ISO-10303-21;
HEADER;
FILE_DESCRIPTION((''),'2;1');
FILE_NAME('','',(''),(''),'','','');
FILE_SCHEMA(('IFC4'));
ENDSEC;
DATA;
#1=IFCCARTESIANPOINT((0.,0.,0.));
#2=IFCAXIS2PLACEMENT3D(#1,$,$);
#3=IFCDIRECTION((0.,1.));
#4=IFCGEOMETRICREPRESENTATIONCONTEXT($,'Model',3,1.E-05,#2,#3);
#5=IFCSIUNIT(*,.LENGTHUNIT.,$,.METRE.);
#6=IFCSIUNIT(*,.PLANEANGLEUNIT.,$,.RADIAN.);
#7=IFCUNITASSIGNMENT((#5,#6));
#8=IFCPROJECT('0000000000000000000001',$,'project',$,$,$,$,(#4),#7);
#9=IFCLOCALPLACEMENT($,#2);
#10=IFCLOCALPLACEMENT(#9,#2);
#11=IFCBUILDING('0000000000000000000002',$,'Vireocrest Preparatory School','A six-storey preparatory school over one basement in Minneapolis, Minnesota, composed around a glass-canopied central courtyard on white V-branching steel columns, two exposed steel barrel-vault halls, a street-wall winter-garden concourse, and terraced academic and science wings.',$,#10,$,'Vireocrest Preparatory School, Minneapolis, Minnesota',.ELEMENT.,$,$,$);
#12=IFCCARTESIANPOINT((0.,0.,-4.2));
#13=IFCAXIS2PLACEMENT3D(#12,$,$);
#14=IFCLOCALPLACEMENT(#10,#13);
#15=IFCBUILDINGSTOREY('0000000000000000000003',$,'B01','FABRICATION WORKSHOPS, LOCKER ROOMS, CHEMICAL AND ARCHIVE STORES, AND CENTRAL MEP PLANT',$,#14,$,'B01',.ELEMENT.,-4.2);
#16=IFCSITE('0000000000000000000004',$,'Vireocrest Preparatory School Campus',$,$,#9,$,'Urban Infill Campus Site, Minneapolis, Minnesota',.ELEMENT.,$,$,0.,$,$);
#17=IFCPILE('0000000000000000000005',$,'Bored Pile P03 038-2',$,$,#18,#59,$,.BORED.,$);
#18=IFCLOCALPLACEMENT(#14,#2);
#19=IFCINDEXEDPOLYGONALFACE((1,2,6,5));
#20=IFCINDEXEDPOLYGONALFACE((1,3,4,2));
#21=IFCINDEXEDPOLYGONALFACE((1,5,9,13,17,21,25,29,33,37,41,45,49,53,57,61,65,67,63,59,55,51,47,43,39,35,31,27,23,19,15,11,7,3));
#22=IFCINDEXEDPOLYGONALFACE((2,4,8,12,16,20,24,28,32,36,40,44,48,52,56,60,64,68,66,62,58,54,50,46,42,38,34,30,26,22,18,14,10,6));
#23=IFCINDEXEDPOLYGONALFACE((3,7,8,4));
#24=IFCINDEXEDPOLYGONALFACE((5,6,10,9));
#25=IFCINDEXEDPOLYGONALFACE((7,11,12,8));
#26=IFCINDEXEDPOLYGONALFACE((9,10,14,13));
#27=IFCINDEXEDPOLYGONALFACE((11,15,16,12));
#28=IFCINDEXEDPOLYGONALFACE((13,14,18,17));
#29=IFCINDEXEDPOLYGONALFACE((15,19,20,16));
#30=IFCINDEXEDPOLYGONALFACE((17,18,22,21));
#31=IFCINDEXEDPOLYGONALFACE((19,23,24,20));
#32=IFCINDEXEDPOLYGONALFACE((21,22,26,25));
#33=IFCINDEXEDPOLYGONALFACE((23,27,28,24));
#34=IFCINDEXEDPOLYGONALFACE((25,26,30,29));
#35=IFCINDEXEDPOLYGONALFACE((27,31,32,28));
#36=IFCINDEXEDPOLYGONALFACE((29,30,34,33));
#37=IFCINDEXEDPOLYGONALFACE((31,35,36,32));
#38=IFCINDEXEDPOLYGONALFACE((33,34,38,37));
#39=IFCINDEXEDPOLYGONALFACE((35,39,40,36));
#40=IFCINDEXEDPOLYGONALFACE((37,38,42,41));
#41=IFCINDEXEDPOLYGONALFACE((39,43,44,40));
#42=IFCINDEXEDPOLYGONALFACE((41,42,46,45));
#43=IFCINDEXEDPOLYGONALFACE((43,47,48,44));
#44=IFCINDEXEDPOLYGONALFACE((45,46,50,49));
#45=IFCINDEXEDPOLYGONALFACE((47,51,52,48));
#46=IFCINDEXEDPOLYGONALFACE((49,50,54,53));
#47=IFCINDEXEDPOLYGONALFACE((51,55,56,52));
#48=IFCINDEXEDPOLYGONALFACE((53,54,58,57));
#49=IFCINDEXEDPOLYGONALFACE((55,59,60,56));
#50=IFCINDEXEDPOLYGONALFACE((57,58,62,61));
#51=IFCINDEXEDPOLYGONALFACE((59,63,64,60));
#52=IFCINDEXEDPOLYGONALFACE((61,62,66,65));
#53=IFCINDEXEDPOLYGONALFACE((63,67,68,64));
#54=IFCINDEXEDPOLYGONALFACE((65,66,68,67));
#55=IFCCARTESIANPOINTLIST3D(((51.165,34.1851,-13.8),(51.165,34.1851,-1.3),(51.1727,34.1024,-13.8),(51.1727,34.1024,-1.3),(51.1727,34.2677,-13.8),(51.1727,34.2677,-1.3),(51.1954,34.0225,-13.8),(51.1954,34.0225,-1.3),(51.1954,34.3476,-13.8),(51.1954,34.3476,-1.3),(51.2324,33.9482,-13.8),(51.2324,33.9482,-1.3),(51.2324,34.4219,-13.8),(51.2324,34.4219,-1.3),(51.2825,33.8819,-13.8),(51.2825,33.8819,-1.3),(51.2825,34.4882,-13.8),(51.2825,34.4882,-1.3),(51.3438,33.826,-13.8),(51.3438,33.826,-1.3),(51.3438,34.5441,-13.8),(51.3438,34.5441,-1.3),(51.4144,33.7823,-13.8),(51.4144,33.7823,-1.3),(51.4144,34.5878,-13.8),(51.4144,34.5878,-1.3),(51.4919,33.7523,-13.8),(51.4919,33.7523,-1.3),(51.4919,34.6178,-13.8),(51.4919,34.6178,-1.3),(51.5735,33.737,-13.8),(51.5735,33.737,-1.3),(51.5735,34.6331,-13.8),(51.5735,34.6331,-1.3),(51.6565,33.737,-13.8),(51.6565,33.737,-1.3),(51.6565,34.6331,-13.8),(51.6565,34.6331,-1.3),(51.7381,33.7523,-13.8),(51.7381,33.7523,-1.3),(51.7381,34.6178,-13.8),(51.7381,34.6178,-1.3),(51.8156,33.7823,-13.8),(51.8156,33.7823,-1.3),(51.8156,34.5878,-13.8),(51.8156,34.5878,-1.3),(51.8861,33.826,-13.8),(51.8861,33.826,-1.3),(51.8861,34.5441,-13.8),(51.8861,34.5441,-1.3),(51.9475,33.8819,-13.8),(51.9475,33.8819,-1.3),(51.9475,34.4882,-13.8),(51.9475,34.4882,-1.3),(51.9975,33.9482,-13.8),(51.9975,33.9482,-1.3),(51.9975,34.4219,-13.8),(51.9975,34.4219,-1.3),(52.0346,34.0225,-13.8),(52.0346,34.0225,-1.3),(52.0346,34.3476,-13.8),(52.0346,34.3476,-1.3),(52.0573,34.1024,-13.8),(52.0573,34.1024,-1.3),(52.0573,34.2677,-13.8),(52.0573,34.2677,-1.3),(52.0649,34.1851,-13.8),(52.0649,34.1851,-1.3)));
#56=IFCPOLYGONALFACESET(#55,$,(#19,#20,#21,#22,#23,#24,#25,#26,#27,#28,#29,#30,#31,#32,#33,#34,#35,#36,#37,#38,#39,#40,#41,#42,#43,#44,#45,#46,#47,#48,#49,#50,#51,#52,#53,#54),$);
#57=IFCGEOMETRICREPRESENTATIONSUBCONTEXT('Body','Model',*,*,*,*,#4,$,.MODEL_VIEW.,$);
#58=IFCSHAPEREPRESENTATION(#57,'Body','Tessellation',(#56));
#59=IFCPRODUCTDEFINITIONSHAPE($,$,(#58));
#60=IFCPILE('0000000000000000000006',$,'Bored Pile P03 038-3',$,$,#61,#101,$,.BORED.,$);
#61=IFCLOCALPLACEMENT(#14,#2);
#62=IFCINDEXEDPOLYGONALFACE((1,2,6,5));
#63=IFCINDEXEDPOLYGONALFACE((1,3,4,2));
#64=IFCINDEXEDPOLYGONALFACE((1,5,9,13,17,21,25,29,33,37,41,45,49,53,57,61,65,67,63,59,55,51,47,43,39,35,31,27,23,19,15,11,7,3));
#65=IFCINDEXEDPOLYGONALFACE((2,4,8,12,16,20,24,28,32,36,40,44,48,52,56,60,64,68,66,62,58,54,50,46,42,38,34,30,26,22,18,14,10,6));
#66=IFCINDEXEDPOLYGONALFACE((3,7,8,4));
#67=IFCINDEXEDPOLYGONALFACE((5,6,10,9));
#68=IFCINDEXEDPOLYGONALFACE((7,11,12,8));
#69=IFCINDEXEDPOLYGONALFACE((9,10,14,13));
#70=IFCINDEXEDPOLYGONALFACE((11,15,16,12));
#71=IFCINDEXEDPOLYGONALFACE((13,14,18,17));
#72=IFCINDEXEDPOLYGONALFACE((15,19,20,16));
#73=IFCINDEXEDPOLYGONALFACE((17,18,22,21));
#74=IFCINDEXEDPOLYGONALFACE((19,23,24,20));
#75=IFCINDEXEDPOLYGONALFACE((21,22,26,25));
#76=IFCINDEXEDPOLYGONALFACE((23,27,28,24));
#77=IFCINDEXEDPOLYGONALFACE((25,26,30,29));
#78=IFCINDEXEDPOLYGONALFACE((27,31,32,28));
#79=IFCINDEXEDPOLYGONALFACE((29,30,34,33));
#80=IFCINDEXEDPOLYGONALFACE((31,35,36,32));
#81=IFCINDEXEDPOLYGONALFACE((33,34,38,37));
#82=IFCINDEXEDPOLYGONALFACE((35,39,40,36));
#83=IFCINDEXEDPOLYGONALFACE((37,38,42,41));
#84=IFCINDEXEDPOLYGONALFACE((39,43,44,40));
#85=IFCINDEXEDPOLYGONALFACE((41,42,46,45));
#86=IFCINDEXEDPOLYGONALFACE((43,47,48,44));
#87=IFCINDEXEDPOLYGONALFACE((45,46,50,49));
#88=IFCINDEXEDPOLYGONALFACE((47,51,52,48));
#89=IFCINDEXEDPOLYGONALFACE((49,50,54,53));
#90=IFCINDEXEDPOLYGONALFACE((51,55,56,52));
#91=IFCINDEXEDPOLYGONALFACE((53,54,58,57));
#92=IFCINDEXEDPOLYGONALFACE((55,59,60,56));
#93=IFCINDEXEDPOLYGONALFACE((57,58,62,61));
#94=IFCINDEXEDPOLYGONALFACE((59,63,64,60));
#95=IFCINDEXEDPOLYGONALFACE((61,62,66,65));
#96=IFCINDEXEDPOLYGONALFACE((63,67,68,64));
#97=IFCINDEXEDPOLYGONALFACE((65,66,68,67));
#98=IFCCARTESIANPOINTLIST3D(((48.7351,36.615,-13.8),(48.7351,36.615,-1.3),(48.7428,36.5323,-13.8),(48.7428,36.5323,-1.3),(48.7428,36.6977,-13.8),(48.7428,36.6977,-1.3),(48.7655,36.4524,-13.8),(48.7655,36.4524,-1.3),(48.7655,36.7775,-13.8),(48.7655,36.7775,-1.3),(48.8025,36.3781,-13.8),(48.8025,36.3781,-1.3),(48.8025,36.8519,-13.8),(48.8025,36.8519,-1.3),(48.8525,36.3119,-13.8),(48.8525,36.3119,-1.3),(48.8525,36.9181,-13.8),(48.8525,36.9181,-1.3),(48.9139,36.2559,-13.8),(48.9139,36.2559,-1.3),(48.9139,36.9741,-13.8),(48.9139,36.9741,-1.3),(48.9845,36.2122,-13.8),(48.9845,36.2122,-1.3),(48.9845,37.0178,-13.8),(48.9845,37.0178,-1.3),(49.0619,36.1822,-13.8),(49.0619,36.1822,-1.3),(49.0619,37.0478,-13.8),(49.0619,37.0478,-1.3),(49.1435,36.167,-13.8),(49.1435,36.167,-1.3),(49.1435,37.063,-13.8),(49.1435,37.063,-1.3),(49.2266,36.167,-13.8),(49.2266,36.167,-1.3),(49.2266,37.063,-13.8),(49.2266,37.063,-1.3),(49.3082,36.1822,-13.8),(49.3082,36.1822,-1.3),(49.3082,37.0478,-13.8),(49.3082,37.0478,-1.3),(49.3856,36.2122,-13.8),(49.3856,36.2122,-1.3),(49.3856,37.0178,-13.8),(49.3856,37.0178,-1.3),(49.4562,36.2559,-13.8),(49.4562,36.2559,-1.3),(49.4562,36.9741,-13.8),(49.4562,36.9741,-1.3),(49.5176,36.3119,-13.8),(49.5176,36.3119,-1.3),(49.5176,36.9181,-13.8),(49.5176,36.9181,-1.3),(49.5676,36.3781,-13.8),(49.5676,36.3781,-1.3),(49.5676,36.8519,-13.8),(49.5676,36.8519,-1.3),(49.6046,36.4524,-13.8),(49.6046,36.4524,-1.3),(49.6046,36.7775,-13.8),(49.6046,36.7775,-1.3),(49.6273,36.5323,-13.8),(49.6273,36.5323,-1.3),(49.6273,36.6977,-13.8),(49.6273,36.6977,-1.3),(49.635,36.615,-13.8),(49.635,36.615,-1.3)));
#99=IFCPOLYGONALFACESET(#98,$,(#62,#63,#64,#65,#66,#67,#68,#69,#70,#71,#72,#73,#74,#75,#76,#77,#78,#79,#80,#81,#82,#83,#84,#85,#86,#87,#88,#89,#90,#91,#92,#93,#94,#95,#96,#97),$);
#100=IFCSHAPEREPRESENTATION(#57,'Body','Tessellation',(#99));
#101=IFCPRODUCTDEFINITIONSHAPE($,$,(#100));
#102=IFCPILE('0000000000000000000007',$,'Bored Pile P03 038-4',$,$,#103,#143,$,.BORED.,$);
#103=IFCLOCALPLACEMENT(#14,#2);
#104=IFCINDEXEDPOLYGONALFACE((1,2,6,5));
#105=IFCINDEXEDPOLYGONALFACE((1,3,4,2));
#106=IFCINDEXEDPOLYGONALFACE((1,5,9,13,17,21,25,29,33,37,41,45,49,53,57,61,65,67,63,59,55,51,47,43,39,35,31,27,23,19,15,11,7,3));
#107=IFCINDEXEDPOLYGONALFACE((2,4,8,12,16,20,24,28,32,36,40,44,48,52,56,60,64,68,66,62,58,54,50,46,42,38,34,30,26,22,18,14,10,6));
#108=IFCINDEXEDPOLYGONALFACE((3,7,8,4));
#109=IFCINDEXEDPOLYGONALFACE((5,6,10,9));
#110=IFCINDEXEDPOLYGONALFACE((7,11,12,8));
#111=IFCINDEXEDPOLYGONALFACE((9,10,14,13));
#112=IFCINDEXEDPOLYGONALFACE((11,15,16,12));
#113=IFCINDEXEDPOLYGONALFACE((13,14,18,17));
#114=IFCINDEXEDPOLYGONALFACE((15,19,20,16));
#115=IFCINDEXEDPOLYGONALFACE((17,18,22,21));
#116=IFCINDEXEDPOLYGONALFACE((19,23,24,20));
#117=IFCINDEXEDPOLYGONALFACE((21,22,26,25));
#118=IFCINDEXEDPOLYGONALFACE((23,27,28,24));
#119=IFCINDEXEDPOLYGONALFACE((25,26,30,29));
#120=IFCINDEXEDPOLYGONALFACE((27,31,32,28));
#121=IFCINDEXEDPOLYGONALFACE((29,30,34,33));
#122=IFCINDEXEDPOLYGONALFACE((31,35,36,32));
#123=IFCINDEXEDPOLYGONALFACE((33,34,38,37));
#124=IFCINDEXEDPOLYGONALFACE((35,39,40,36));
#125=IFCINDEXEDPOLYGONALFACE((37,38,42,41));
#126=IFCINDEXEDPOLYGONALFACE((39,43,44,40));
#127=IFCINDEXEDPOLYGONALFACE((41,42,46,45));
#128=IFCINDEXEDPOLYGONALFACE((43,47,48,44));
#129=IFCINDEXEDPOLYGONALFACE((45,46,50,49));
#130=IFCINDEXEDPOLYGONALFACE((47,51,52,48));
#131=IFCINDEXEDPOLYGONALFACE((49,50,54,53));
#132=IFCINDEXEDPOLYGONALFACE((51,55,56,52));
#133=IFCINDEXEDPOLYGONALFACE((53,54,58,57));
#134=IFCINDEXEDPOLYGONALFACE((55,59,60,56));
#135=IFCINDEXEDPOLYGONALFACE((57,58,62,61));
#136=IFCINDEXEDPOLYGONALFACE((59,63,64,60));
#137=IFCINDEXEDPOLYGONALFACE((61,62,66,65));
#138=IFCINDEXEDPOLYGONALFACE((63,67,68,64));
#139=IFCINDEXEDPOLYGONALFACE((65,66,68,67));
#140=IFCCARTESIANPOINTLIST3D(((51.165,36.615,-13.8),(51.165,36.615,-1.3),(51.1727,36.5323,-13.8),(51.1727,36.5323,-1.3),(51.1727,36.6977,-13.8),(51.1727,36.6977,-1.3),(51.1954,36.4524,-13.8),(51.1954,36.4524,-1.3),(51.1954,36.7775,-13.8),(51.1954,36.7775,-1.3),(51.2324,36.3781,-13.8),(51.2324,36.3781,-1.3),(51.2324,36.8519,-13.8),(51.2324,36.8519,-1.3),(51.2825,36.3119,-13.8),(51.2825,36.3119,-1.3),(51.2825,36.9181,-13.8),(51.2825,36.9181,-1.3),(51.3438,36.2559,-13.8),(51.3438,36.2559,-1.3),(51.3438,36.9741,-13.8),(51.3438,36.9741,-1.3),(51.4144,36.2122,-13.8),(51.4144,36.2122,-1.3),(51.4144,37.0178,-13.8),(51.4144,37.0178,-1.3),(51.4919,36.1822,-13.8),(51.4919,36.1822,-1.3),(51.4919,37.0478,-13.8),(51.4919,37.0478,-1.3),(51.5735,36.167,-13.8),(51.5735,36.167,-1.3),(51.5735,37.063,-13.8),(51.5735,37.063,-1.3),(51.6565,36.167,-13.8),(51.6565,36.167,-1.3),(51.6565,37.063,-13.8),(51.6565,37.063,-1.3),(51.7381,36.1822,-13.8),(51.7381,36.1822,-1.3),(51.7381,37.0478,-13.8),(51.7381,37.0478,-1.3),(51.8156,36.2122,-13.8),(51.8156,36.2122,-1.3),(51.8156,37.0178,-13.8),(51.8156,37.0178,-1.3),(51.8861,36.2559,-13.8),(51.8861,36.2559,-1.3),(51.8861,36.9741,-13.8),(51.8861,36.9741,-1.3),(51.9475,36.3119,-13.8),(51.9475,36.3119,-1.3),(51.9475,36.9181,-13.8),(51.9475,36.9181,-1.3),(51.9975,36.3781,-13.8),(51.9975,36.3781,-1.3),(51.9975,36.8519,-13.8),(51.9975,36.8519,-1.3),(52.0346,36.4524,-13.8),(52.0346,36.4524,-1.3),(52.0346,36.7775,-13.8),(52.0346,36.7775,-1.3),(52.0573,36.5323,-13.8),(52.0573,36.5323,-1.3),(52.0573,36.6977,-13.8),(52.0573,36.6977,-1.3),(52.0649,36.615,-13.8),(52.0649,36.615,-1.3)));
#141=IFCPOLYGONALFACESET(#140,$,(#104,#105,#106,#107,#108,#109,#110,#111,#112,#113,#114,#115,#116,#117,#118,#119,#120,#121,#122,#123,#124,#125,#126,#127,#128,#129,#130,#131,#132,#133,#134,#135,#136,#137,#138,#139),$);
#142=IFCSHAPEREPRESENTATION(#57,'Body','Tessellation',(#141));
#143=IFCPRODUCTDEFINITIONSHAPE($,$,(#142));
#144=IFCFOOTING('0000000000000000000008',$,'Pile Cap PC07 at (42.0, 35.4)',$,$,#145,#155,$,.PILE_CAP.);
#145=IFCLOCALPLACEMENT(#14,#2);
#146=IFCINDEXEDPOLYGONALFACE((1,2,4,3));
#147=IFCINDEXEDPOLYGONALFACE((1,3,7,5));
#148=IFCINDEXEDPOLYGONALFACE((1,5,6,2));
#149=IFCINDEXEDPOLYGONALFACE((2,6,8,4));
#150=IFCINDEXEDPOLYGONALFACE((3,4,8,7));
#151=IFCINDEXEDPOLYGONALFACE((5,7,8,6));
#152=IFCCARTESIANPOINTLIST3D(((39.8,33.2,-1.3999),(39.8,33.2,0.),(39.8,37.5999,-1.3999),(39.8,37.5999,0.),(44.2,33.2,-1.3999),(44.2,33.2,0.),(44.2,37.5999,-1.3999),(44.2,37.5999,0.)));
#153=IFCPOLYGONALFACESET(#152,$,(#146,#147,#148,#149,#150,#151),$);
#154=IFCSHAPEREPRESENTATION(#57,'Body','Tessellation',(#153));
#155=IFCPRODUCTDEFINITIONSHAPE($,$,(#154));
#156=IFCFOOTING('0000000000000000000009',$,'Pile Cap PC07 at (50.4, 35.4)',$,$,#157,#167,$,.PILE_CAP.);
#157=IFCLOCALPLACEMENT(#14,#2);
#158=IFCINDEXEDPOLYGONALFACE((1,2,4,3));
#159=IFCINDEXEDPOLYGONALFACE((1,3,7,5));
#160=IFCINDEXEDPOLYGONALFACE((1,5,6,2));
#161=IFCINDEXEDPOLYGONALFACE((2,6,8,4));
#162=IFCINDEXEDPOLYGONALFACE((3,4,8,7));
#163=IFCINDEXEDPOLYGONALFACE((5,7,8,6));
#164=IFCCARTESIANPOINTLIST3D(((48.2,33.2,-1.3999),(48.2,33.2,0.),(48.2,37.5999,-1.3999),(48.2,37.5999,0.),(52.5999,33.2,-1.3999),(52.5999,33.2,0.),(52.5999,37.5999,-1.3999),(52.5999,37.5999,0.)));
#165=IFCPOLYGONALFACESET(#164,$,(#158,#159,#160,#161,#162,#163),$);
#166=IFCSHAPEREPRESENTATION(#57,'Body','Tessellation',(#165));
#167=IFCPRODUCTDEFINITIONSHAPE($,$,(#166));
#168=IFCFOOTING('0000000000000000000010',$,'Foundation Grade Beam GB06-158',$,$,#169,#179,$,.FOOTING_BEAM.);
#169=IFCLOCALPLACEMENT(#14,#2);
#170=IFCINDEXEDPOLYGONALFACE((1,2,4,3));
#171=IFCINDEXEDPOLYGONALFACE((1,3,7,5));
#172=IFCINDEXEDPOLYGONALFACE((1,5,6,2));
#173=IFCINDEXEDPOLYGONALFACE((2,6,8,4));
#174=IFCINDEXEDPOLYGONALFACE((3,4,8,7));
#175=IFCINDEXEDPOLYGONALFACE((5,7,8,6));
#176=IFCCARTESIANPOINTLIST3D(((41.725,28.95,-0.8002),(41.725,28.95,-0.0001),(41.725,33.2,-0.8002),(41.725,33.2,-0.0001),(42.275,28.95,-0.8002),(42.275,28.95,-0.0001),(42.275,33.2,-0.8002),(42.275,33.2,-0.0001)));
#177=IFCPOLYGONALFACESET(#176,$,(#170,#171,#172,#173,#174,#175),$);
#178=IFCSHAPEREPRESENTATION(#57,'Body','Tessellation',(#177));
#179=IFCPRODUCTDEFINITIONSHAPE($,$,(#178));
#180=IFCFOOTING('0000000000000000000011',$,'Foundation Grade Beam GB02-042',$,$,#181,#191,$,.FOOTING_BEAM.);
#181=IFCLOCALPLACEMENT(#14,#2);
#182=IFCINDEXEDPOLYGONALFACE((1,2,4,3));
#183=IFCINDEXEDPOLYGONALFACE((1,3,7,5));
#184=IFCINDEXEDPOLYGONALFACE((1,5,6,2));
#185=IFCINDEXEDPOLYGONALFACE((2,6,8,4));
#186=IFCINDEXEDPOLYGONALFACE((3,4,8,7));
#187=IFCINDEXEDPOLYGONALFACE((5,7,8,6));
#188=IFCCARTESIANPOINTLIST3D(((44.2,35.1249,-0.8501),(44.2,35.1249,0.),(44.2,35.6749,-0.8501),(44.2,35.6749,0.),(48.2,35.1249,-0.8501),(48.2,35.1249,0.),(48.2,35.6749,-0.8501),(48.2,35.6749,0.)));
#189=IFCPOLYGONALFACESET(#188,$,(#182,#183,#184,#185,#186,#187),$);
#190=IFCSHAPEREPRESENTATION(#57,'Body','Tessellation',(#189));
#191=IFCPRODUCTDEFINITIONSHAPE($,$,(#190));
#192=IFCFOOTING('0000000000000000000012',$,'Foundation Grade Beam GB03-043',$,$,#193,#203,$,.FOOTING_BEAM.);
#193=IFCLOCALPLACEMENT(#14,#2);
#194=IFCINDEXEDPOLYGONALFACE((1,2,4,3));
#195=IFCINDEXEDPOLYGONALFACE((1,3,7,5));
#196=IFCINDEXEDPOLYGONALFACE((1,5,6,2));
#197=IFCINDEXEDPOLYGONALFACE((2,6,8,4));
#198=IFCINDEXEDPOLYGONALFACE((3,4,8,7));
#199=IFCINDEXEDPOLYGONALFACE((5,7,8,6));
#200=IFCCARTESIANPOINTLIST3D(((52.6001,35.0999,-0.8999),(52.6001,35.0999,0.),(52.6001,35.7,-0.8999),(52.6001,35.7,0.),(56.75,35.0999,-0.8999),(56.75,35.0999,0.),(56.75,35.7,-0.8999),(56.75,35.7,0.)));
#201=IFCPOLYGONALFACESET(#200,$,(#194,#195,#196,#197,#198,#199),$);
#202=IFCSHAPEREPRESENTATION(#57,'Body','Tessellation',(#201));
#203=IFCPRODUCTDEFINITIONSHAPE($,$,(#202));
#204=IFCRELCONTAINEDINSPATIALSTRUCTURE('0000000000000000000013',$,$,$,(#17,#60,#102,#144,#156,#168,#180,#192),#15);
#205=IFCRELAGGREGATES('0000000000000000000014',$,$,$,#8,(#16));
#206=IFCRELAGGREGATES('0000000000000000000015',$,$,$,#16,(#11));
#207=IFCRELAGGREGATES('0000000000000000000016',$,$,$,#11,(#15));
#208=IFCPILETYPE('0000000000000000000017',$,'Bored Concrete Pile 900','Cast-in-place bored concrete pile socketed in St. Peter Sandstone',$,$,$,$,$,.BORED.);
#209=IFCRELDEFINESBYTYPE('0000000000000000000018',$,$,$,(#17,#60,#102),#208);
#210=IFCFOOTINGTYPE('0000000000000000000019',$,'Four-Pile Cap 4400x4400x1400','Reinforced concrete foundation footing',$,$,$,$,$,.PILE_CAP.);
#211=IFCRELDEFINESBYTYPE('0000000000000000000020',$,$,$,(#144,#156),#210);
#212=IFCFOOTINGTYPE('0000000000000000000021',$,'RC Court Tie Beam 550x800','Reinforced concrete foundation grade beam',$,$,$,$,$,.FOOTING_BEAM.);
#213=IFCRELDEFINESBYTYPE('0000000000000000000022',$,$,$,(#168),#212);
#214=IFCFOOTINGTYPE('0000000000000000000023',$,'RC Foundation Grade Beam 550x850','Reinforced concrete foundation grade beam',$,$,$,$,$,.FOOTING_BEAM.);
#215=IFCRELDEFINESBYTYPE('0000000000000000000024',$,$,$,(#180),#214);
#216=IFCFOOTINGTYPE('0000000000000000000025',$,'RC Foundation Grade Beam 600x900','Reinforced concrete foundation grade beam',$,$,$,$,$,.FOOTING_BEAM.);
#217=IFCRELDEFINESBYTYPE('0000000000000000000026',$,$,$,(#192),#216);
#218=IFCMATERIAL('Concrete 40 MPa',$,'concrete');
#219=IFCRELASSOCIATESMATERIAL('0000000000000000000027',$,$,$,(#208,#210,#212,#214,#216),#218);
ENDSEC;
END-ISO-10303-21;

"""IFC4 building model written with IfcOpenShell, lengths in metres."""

from ifc_helpers import new_model, si_unit, direction, frame, origin, origin_2d, place, context, subcontext, project, spatial, rectangle, circle, extrude, material, material_profile, profile_set, type_object, element, save


model = new_model("IFC4")

# Units and contexts
model_context = context("Model", 3, precision=1e-05, world=origin(), true_north=direction((0.0, 1.0)))
body_context = subcontext(model_context, "Body", "Model", "MODEL_VIEW")
ifc_project = project(units=[si_unit("LENGTHUNIT", "METRE"), si_unit("PLANEANGLEUNIT", "RADIAN")], contexts=[model_context])

# Site, building, storey
site_placement = place(None, origin())
site = spatial("IfcSite", under=ifc_project, at=site_placement, Name="Vireocrest Preparatory School Campus", LongName="Urban Infill Campus Site, Minneapolis, Minnesota", CompositionType="ELEMENT", RefElevation=0.0)
building_placement = place(site_placement, origin())
building = spatial("IfcBuilding", under=site, at=building_placement, Name="Vireocrest Preparatory School", Description="A six-storey preparatory school over one basement in Minneapolis, Minnesota, composed around a glass-canopied central courtyard on white V-branching steel columns, two exposed steel barrel-vault halls, a street-wall winter-garden concourse, and terraced academic and science wings.", LongName="Vireocrest Preparatory School, Minneapolis, Minnesota", CompositionType="ELEMENT")
storey_placement = place(building_placement, frame((0.0, 0.0, -4.2)))
storey = spatial("IfcBuildingStorey", under=building, at=storey_placement, Name="B01", Description="FABRICATION WORKSHOPS, LOCKER ROOMS, CHEMICAL AND ARCHIVE STORES, AND CENTRAL MEP PLANT", LongName="B01", CompositionType="ELEMENT", Elevation=-4.2)

# Piles
ifc_material_1 = material(Name="Concrete 40 MPa", Category="concrete")
ifc_material_profile_1 = material_profile(ifc_material_1, circle(Radius=0.45, at=origin_2d()), Name="BORED PILE 900")
ifc_profile_set_1 = profile_set([ifc_material_profile_1], Name="Concrete 40 MPa")
pile_type = type_object("IfcPileType", Name="Bored Concrete Pile 900", Description="Cast-in-place bored concrete pile socketed in St. Peter Sandstone", PredefinedType="BORED", material=ifc_profile_set_1)
for number, where, z_axis, x_axis, name in (
    (1, (51.615, 34.1851, -1.3), (0.0, 0.0, -1.0), (1.0, 0.0, 0.0), "Bored Pile P03 038-2"),
    (2, (49.1851, 36.615, -1.3), (0.0, 0.0, -1.0), (1.0, 0.0, 0.0), "Bored Pile P03 038-3"),
    (3, (51.615, 36.615, -1.3), (0.0, 0.0, -1.0), (1.0, 0.0, 0.0), "Bored Pile P03 038-4"),
):
    element("IfcPile", number, at=place(storey_placement, frame(where, z_axis=z_axis, x_axis=x_axis)), inside=storey, type_object=pile_type, Name=name, PredefinedType="BORED", context=body_context, shape_type="SweptSolid", body=[
        extrude(circle(Radius=0.45, at=origin_2d()), origin(), (0.0, 0.0, 1.0), 12.5),
    ])

# Footings
footing_type_1 = type_object("IfcFootingType", Name="Four-Pile Cap 4400x4400x1400", Description="Reinforced concrete foundation footing", PredefinedType="PILE_CAP", material=ifc_material_1)
for number, where, z_axis, x_axis, name in (
    (4, (42.0, 35.3999, -1.3999), (0.0, 0.0, 1.0), (1.0, 0.0, 0.0), "Pile Cap PC07 at (42.0, 35.4)"),
    (5, (50.3999, 35.3999, -1.3999), (0.0, 0.0, 1.0), (1.0, 0.0, 0.0), "Pile Cap PC07 at (50.4, 35.4)"),
):
    element("IfcFooting", number, at=place(storey_placement, frame(where, z_axis=z_axis, x_axis=x_axis)), inside=storey, type_object=footing_type_1, Name=name, PredefinedType="PILE_CAP", context=body_context, shape_type="SweptSolid", body=[
        extrude(rectangle(XDim=4.3999, YDim=4.3999, at=origin_2d()), origin(), (0.0, 0.0, 1.0), 1.3999),
    ])
ifc_material_profile_2 = material_profile(ifc_material_1, rectangle(XDim=0.55, YDim=0.8, at=origin_2d()), Name="GB 550x800")
ifc_profile_set_2 = profile_set([ifc_material_profile_2], Name="Concrete 40 MPa")
footing_type_2 = type_object("IfcFootingType", Name="RC Court Tie Beam 550x800", Description="Reinforced concrete foundation grade beam", PredefinedType="FOOTING_BEAM", material=ifc_profile_set_2)
footing_1_placement = place(storey_placement, frame((42.0, 28.95, -0.4001), z_axis=(0.0, 1.0, 0.0), x_axis=(-1.0, 0.0, 0.0)))
element("IfcFooting", 6, at=footing_1_placement, inside=storey, type_object=footing_type_2, Name="Foundation Grade Beam GB06-158", PredefinedType="FOOTING_BEAM", context=body_context, shape_type="SweptSolid", body=[
    extrude(rectangle(XDim=0.55, YDim=0.8, at=origin_2d()), origin(), (0.0, 0.0, 1.0), 4.25),
])
ifc_material_profile_3 = material_profile(ifc_material_1, rectangle(XDim=0.55, YDim=0.8501, at=origin_2d()), Name="GB 550x850")
ifc_profile_set_3 = profile_set([ifc_material_profile_3], Name="Concrete 40 MPa")
footing_type_3 = type_object("IfcFootingType", Name="RC Foundation Grade Beam 550x850", Description="Reinforced concrete foundation grade beam", PredefinedType="FOOTING_BEAM", material=ifc_profile_set_3)
footing_2_placement = place(storey_placement, frame((44.2, 35.3999, -0.425), z_axis=(1.0, 0.0, 0.0), x_axis=(0.0, 1.0, 0.0)))
element("IfcFooting", 7, at=footing_2_placement, inside=storey, type_object=footing_type_3, Name="Foundation Grade Beam GB02-042", PredefinedType="FOOTING_BEAM", context=body_context, shape_type="SweptSolid", body=[
    extrude(rectangle(XDim=0.55, YDim=0.8501, at=origin_2d()), origin(), (0.0, 0.0, 1.0), 4.0),
])
ifc_material_profile_4 = material_profile(ifc_material_1, rectangle(XDim=0.6001, YDim=0.8999, at=origin_2d()), Name="GB 600x900")
ifc_profile_set_4 = profile_set([ifc_material_profile_4], Name="Concrete 40 MPa")
footing_type_4 = type_object("IfcFootingType", Name="RC Foundation Grade Beam 600x900", Description="Reinforced concrete foundation grade beam", PredefinedType="FOOTING_BEAM", material=ifc_profile_set_4)
footing_3_placement = place(storey_placement, frame((52.6001, 35.3999, -0.45), z_axis=(1.0, 0.0, 0.0), x_axis=(0.0, 1.0, 0.0)))
element("IfcFooting", 8, at=footing_3_placement, inside=storey, type_object=footing_type_4, Name="Foundation Grade Beam GB03-043", PredefinedType="FOOTING_BEAM", context=body_context, shape_type="SweptSolid", body=[
    extrude(rectangle(XDim=0.6001, YDim=0.8999, at=origin_2d()), origin(), (0.0, 0.0, 1.0), 4.1499),
])

save(model, "model.ifc")
